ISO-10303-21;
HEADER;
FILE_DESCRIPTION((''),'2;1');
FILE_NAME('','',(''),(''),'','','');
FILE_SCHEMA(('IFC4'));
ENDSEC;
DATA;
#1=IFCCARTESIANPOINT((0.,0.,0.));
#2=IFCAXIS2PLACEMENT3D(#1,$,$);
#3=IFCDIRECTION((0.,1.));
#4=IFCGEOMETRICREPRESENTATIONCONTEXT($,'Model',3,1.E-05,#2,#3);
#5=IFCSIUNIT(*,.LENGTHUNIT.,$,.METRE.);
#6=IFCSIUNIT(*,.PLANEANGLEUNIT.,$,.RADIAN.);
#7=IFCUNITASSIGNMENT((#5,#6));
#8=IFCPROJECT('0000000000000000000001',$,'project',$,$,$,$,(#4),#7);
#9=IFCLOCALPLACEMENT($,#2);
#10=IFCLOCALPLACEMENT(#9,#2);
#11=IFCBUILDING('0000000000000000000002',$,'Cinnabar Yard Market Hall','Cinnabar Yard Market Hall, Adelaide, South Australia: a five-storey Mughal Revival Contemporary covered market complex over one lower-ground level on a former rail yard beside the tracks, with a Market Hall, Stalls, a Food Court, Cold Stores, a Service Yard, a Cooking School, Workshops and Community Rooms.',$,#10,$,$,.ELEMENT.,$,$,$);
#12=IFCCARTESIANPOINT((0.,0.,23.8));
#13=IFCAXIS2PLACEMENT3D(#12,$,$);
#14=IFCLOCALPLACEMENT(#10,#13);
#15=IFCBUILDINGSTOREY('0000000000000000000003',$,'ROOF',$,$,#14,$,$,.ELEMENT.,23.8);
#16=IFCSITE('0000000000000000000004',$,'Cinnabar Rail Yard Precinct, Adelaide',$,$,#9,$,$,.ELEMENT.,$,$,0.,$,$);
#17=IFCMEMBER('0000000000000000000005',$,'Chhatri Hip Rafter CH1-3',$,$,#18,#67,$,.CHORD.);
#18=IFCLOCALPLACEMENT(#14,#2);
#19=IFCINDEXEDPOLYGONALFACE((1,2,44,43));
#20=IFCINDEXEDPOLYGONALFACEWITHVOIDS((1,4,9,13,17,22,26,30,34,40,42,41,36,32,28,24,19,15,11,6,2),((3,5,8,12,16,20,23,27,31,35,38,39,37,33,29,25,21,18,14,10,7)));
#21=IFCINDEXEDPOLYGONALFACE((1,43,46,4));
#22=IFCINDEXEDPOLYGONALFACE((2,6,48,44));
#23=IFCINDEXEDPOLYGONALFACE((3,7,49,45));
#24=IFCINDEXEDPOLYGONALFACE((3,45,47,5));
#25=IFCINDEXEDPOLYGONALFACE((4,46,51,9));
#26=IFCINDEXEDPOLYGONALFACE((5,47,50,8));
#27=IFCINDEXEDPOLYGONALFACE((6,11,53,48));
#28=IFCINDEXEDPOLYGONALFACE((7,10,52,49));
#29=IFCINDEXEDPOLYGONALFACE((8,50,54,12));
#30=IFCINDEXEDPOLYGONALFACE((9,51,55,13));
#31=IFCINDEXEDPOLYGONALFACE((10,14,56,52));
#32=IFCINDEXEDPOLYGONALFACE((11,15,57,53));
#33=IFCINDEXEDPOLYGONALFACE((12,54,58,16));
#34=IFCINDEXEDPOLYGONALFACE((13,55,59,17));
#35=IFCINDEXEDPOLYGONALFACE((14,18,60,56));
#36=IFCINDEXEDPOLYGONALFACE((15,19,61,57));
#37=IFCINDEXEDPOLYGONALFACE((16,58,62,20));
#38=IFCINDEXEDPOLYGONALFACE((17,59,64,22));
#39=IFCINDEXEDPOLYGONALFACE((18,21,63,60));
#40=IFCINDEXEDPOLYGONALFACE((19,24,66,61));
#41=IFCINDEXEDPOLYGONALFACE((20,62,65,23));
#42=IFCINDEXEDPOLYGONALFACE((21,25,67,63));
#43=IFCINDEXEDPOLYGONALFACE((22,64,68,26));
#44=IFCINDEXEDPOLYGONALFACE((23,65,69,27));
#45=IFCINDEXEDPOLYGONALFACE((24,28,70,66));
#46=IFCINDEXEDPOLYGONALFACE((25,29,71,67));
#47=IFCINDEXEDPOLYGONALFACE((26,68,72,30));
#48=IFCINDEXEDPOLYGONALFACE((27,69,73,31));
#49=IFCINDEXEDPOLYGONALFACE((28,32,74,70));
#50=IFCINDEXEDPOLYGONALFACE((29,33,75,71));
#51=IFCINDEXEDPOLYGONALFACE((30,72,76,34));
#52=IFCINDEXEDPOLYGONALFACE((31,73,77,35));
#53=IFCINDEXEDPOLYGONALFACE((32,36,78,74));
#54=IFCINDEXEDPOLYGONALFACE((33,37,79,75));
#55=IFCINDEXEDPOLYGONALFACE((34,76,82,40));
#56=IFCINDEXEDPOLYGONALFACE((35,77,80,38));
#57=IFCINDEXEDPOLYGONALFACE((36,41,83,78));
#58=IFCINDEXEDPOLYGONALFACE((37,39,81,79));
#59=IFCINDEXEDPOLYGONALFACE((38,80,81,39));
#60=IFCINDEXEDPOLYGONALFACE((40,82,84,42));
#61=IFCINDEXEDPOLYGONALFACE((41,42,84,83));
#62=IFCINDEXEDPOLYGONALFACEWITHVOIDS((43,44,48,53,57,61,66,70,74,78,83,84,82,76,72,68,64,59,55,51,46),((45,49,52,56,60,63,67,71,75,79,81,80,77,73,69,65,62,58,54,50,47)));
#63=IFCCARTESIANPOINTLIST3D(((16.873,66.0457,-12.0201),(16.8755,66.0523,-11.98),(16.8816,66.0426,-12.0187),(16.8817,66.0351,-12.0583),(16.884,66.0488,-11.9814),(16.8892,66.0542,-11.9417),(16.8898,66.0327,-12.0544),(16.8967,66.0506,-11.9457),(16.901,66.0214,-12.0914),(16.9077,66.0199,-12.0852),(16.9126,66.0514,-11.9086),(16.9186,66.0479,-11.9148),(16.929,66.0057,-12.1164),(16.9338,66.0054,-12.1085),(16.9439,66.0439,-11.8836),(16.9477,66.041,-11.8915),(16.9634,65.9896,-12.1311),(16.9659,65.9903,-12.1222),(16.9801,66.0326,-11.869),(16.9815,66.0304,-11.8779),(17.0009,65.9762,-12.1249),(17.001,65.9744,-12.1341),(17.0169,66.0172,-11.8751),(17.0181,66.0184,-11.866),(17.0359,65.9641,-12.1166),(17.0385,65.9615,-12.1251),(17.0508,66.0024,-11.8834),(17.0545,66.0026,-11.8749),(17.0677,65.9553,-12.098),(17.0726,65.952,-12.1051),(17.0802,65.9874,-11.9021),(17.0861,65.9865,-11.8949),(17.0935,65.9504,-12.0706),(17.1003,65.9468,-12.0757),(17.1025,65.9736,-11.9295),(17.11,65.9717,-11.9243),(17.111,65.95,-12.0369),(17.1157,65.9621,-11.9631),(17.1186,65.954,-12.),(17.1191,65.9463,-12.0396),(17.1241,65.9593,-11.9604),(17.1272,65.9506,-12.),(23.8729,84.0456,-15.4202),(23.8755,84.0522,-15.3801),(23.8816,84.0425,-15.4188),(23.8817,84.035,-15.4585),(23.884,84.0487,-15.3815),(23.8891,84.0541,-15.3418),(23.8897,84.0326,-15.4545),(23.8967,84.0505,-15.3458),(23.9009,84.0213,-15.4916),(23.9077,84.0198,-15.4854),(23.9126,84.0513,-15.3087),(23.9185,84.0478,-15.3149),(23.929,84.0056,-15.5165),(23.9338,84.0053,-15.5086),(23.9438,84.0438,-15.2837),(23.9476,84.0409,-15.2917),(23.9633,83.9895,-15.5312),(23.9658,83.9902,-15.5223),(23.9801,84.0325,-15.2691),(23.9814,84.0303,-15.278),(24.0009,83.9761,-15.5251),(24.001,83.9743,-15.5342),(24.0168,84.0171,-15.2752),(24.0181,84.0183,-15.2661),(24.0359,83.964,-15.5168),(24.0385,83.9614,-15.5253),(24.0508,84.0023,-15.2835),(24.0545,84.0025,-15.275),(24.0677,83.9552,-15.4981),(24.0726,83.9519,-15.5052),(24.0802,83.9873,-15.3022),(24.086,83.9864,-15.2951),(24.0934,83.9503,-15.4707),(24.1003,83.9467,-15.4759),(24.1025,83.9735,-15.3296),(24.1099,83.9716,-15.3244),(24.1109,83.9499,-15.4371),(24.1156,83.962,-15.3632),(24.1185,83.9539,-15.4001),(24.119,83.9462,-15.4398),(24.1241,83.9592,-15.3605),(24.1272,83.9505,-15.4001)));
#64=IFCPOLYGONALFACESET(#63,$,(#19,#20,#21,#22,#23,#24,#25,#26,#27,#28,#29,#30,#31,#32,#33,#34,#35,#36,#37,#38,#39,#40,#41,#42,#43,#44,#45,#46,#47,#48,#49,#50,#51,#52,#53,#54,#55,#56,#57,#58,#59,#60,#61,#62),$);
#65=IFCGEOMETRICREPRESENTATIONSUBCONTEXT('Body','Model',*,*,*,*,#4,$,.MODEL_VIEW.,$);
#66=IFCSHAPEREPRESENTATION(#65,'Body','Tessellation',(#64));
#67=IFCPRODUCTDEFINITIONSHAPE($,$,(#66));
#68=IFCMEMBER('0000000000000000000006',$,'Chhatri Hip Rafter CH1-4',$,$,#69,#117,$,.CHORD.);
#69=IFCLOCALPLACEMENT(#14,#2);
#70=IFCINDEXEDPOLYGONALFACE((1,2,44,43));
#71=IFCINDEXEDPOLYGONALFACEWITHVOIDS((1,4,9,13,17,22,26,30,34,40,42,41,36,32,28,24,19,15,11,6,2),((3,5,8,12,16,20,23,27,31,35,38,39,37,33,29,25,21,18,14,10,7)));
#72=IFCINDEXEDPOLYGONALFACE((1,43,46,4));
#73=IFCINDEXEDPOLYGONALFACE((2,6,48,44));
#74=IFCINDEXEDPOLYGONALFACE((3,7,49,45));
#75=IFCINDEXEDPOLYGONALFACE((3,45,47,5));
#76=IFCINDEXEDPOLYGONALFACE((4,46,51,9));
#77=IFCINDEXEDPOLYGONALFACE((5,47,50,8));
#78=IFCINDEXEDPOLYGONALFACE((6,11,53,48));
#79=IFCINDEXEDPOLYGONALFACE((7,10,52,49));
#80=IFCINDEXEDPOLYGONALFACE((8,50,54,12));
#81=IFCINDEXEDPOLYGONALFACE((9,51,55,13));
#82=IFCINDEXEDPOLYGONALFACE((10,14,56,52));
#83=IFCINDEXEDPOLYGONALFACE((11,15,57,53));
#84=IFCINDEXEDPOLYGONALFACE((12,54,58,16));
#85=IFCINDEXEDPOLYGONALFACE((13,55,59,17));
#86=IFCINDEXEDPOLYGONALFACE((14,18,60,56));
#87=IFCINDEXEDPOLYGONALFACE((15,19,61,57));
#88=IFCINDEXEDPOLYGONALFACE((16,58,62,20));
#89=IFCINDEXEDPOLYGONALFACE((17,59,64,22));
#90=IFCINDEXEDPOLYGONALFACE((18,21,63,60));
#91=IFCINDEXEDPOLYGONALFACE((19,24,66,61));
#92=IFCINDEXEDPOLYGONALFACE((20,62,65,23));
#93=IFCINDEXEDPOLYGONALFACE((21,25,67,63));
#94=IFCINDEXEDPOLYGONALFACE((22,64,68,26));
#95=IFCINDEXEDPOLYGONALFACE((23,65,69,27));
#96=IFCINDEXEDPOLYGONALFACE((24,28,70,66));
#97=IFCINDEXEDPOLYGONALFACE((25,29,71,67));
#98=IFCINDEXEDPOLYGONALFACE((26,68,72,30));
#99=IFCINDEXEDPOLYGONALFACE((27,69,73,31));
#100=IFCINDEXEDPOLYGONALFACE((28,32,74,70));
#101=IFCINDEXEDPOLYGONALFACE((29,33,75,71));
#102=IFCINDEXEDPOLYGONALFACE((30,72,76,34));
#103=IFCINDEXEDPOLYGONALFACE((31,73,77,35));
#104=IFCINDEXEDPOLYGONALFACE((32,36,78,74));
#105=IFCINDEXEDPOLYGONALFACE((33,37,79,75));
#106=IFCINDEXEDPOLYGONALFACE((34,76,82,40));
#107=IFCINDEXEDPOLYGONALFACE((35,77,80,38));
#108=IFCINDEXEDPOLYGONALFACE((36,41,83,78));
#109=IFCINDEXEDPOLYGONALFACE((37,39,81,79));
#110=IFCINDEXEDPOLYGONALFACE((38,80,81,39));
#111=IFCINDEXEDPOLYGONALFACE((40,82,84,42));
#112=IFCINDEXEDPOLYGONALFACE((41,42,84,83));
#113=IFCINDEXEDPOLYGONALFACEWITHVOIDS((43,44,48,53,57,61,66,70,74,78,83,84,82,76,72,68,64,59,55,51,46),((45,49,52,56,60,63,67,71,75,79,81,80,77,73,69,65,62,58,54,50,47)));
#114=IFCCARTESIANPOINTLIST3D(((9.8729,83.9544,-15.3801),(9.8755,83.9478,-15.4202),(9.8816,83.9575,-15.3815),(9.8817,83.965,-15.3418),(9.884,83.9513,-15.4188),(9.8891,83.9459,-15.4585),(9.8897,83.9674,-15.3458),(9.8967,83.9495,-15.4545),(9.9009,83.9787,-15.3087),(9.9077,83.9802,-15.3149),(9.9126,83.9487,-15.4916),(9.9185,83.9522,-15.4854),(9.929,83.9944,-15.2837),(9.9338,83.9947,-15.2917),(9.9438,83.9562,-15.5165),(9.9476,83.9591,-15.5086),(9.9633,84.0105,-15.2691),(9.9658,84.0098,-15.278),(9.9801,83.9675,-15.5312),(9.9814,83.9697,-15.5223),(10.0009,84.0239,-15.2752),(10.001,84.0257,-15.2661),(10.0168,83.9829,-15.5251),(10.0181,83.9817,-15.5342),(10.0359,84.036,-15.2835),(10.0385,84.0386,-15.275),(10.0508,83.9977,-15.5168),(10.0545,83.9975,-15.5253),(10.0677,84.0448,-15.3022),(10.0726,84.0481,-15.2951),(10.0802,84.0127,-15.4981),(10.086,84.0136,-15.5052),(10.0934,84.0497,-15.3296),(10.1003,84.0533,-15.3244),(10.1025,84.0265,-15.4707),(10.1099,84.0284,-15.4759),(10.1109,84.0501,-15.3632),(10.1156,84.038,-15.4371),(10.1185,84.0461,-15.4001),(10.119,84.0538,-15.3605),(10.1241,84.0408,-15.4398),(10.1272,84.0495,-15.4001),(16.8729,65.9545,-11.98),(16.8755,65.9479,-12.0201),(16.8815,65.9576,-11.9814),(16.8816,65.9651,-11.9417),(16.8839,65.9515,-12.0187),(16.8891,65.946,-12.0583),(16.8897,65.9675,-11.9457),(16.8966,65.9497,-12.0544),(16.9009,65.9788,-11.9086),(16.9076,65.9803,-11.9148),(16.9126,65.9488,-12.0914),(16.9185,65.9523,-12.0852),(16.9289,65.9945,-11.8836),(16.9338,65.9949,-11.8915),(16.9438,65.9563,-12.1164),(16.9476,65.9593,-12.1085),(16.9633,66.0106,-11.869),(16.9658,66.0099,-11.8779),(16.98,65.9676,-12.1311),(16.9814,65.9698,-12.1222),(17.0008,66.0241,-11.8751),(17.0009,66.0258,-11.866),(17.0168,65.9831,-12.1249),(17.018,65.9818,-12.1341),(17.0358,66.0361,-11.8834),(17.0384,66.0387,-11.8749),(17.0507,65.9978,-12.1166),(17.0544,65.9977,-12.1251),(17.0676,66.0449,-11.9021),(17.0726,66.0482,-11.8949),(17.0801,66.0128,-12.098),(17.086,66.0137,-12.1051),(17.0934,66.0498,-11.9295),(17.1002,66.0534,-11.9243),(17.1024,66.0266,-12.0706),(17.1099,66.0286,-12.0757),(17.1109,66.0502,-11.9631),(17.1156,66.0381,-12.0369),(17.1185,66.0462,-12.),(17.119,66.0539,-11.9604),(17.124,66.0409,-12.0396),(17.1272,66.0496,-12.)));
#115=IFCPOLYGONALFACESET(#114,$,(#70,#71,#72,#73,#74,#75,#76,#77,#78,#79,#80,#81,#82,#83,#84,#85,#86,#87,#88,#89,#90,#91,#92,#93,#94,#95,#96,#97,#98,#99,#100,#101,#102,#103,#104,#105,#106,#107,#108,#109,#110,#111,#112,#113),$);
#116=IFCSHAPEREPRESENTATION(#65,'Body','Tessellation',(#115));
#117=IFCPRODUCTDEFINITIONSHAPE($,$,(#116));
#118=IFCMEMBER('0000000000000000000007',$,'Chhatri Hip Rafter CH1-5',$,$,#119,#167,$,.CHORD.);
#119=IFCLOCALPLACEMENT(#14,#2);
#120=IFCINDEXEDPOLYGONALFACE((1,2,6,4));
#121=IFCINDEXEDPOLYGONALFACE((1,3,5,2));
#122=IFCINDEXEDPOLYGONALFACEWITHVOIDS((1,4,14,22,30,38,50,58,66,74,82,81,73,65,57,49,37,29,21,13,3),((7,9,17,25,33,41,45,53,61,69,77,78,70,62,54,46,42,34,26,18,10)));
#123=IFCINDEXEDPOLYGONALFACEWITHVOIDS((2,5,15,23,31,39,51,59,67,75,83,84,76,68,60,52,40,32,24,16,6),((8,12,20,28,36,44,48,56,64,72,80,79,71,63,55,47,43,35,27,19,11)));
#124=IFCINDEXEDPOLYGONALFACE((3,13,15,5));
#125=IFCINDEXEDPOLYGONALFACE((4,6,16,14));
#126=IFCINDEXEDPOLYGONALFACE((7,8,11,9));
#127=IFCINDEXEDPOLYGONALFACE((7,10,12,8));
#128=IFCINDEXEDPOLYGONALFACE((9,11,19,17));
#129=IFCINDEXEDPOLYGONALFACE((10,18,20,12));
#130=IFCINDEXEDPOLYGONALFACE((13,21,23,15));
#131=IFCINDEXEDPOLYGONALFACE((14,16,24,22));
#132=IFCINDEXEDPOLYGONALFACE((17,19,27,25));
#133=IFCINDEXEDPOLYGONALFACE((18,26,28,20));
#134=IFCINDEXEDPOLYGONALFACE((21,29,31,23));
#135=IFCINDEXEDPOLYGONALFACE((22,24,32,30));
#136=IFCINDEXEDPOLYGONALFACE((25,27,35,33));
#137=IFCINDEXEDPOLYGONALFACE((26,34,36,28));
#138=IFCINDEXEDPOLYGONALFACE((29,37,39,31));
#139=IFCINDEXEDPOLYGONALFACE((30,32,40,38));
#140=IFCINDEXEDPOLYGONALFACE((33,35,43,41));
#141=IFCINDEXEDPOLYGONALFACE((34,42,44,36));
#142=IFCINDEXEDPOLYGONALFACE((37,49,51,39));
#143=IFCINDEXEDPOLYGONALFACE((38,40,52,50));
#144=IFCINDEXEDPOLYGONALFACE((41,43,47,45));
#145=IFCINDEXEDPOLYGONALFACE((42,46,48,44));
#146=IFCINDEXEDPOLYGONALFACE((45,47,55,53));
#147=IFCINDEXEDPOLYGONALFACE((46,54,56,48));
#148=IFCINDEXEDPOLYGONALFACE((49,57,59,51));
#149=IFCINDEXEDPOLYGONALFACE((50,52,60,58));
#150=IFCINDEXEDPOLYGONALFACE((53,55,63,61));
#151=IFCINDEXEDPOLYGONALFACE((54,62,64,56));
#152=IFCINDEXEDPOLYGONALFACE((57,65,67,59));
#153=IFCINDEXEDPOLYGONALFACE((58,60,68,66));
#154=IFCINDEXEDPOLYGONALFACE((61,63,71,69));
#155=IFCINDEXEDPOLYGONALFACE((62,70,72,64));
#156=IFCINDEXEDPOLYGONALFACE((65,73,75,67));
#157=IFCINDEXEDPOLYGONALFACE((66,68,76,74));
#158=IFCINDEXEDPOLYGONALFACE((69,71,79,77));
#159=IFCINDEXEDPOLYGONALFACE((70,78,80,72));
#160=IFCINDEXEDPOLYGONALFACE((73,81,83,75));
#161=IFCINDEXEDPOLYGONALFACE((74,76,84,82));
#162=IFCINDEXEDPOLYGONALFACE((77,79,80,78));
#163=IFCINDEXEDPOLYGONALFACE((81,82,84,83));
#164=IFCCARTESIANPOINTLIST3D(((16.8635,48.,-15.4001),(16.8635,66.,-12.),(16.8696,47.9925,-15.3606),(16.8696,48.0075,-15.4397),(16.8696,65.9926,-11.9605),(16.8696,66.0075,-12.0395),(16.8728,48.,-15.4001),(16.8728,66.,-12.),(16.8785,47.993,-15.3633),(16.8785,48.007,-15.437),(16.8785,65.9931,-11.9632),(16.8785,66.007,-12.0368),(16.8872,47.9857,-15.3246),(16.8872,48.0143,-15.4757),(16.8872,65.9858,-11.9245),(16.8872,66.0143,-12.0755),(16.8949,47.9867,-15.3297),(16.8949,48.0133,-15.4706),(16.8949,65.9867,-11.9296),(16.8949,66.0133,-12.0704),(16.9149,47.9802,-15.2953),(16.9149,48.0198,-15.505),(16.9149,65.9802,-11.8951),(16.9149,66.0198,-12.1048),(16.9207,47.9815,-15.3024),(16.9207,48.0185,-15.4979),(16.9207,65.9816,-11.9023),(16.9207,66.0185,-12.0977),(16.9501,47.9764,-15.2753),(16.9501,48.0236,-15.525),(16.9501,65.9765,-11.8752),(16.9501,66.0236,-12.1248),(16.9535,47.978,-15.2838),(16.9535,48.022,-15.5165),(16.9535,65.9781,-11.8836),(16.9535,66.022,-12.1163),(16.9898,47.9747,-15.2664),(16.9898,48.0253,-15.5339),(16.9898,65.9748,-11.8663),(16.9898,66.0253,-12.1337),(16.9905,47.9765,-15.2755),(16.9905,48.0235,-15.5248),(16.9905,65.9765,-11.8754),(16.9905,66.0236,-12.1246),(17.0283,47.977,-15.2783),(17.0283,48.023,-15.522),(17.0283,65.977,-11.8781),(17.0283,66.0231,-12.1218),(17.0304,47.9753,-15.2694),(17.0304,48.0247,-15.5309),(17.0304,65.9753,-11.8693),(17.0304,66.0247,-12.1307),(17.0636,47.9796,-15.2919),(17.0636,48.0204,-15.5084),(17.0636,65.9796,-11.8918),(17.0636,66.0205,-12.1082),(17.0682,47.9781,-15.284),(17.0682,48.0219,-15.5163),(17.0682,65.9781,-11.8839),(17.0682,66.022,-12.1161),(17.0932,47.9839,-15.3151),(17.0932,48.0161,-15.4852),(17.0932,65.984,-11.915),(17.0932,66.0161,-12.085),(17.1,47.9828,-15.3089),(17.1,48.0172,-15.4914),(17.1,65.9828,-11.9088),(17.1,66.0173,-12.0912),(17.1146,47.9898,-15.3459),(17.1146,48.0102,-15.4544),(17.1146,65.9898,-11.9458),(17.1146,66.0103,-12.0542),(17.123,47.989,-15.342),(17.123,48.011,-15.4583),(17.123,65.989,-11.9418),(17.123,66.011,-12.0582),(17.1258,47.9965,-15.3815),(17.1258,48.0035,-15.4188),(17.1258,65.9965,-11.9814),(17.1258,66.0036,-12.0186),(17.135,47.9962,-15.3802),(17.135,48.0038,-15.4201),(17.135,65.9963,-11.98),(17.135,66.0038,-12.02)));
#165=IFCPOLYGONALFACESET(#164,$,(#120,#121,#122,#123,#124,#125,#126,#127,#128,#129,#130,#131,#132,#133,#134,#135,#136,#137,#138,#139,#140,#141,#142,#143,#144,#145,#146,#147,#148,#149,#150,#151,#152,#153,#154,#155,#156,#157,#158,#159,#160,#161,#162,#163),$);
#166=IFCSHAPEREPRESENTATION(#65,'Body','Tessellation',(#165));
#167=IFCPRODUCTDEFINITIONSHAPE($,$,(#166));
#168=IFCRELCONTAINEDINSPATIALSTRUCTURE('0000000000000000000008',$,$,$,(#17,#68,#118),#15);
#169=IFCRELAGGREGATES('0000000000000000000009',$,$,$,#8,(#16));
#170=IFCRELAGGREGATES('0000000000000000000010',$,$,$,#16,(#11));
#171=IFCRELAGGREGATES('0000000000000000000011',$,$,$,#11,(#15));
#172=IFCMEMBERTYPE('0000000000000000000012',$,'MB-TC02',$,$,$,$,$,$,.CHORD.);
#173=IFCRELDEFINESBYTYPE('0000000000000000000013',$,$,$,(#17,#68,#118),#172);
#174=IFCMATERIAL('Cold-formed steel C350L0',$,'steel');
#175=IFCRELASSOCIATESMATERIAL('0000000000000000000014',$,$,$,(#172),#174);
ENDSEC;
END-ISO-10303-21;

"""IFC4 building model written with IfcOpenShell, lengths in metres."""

from ifc_helpers import new_model, si_unit, direction, frame, origin, origin_2d_with_axis, place, context, subcontext, project, spatial, hollow_circle, extrude, material, material_profile, profile_set, type_object, element, save


model = new_model("IFC4")

# Units and contexts
model_context = context("Model", 3, precision=1e-05, world=origin(), true_north=direction((0.0, 1.0)))
body_context = subcontext(model_context, "Body", "Model", "MODEL_VIEW")
ifc_project = project(units=[si_unit("LENGTHUNIT", "METRE"), si_unit("PLANEANGLEUNIT", "RADIAN")], contexts=[model_context])

# Site, building, storey
site_placement = place(None, origin())
site = spatial("IfcSite", under=ifc_project, at=site_placement, Name="Cinnabar Rail Yard Precinct, Adelaide", CompositionType="ELEMENT", RefElevation=0.0)
building_placement = place(site_placement, origin())
building = spatial("IfcBuilding", under=site, at=building_placement, Name="Cinnabar Yard Market Hall", Description="Cinnabar Yard Market Hall, Adelaide, South Australia: a five-storey Mughal Revival Contemporary covered market complex over one lower-ground level on a former rail yard beside the tracks, with a Market Hall, Stalls, a Food Court, Cold Stores, a Service Yard, a Cooking School, Workshops and Community Rooms.", CompositionType="ELEMENT")
storey_placement = place(building_placement, frame((0.0, 0.0, 23.8)))
storey = spatial("IfcBuildingStorey", under=building, at=storey_placement, Name="ROOF", CompositionType="ELEMENT", Elevation=23.8)

# Members
ifc_material_1 = material(Name="Cold-formed steel C350L0", Category="steel")
ifc_material_profile_1 = material_profile(ifc_material_1, hollow_circle(Radius=0.1365, WallThickness=0.0093, at=origin_2d_with_axis()), Name="273.1x9.3CHS")
ifc_profile_set_1 = profile_set([ifc_material_profile_1], Name="Cold-formed steel C350L0")
member_type_1 = type_object("IfcMemberType", Name="MB-TC02", PredefinedType="CHORD", material=ifc_profile_set_1)
for number, where, z_axis, x_axis, name in (
    (1, (24.0, 84.0, -15.4001), (-0.356957, -0.917888, 0.173386), (0.932005, -0.362446, 0.0), "Chhatri Hip Rafter CH1-3"),
    (2, (10.0, 84.0, -15.4001), (0.356957, -0.917888, 0.173386), (0.932005, 0.362446, 0.0), "Chhatri Hip Rafter CH1-4"),
):
    element("IfcMember", number, at=place(storey_placement, frame(where, z_axis=z_axis, x_axis=x_axis)), inside=storey, type_object=member_type_1, Name=name, PredefinedType="CHORD", context=body_context, shape_type="SweptSolid", body=[
        extrude(hollow_circle(Radius=0.1365, WallThickness=0.0093, at=origin_2d_with_axis()), origin(), (0.0, 0.0, 1.0), 19.6101),
    ])
for number, where, z_axis, x_axis, name in (
    (3, (17.0, 48.0, -15.4001), (0.0, 0.982623, 0.185614), (-1.0, 0.0, 0.0), "Chhatri Hip Rafter CH1-5"),
):
    element("IfcMember", number, at=place(storey_placement, frame(where, z_axis=z_axis, x_axis=x_axis)), inside=storey, type_object=member_type_1, Name=name, PredefinedType="CHORD", context=body_context, shape_type="SweptSolid", body=[
        extrude(hollow_circle(Radius=0.1365, WallThickness=0.0093, at=origin_2d_with_axis()), origin(), (0.0, 0.0, 1.0), 18.3184),
    ])

save(model, "model.ifc")
